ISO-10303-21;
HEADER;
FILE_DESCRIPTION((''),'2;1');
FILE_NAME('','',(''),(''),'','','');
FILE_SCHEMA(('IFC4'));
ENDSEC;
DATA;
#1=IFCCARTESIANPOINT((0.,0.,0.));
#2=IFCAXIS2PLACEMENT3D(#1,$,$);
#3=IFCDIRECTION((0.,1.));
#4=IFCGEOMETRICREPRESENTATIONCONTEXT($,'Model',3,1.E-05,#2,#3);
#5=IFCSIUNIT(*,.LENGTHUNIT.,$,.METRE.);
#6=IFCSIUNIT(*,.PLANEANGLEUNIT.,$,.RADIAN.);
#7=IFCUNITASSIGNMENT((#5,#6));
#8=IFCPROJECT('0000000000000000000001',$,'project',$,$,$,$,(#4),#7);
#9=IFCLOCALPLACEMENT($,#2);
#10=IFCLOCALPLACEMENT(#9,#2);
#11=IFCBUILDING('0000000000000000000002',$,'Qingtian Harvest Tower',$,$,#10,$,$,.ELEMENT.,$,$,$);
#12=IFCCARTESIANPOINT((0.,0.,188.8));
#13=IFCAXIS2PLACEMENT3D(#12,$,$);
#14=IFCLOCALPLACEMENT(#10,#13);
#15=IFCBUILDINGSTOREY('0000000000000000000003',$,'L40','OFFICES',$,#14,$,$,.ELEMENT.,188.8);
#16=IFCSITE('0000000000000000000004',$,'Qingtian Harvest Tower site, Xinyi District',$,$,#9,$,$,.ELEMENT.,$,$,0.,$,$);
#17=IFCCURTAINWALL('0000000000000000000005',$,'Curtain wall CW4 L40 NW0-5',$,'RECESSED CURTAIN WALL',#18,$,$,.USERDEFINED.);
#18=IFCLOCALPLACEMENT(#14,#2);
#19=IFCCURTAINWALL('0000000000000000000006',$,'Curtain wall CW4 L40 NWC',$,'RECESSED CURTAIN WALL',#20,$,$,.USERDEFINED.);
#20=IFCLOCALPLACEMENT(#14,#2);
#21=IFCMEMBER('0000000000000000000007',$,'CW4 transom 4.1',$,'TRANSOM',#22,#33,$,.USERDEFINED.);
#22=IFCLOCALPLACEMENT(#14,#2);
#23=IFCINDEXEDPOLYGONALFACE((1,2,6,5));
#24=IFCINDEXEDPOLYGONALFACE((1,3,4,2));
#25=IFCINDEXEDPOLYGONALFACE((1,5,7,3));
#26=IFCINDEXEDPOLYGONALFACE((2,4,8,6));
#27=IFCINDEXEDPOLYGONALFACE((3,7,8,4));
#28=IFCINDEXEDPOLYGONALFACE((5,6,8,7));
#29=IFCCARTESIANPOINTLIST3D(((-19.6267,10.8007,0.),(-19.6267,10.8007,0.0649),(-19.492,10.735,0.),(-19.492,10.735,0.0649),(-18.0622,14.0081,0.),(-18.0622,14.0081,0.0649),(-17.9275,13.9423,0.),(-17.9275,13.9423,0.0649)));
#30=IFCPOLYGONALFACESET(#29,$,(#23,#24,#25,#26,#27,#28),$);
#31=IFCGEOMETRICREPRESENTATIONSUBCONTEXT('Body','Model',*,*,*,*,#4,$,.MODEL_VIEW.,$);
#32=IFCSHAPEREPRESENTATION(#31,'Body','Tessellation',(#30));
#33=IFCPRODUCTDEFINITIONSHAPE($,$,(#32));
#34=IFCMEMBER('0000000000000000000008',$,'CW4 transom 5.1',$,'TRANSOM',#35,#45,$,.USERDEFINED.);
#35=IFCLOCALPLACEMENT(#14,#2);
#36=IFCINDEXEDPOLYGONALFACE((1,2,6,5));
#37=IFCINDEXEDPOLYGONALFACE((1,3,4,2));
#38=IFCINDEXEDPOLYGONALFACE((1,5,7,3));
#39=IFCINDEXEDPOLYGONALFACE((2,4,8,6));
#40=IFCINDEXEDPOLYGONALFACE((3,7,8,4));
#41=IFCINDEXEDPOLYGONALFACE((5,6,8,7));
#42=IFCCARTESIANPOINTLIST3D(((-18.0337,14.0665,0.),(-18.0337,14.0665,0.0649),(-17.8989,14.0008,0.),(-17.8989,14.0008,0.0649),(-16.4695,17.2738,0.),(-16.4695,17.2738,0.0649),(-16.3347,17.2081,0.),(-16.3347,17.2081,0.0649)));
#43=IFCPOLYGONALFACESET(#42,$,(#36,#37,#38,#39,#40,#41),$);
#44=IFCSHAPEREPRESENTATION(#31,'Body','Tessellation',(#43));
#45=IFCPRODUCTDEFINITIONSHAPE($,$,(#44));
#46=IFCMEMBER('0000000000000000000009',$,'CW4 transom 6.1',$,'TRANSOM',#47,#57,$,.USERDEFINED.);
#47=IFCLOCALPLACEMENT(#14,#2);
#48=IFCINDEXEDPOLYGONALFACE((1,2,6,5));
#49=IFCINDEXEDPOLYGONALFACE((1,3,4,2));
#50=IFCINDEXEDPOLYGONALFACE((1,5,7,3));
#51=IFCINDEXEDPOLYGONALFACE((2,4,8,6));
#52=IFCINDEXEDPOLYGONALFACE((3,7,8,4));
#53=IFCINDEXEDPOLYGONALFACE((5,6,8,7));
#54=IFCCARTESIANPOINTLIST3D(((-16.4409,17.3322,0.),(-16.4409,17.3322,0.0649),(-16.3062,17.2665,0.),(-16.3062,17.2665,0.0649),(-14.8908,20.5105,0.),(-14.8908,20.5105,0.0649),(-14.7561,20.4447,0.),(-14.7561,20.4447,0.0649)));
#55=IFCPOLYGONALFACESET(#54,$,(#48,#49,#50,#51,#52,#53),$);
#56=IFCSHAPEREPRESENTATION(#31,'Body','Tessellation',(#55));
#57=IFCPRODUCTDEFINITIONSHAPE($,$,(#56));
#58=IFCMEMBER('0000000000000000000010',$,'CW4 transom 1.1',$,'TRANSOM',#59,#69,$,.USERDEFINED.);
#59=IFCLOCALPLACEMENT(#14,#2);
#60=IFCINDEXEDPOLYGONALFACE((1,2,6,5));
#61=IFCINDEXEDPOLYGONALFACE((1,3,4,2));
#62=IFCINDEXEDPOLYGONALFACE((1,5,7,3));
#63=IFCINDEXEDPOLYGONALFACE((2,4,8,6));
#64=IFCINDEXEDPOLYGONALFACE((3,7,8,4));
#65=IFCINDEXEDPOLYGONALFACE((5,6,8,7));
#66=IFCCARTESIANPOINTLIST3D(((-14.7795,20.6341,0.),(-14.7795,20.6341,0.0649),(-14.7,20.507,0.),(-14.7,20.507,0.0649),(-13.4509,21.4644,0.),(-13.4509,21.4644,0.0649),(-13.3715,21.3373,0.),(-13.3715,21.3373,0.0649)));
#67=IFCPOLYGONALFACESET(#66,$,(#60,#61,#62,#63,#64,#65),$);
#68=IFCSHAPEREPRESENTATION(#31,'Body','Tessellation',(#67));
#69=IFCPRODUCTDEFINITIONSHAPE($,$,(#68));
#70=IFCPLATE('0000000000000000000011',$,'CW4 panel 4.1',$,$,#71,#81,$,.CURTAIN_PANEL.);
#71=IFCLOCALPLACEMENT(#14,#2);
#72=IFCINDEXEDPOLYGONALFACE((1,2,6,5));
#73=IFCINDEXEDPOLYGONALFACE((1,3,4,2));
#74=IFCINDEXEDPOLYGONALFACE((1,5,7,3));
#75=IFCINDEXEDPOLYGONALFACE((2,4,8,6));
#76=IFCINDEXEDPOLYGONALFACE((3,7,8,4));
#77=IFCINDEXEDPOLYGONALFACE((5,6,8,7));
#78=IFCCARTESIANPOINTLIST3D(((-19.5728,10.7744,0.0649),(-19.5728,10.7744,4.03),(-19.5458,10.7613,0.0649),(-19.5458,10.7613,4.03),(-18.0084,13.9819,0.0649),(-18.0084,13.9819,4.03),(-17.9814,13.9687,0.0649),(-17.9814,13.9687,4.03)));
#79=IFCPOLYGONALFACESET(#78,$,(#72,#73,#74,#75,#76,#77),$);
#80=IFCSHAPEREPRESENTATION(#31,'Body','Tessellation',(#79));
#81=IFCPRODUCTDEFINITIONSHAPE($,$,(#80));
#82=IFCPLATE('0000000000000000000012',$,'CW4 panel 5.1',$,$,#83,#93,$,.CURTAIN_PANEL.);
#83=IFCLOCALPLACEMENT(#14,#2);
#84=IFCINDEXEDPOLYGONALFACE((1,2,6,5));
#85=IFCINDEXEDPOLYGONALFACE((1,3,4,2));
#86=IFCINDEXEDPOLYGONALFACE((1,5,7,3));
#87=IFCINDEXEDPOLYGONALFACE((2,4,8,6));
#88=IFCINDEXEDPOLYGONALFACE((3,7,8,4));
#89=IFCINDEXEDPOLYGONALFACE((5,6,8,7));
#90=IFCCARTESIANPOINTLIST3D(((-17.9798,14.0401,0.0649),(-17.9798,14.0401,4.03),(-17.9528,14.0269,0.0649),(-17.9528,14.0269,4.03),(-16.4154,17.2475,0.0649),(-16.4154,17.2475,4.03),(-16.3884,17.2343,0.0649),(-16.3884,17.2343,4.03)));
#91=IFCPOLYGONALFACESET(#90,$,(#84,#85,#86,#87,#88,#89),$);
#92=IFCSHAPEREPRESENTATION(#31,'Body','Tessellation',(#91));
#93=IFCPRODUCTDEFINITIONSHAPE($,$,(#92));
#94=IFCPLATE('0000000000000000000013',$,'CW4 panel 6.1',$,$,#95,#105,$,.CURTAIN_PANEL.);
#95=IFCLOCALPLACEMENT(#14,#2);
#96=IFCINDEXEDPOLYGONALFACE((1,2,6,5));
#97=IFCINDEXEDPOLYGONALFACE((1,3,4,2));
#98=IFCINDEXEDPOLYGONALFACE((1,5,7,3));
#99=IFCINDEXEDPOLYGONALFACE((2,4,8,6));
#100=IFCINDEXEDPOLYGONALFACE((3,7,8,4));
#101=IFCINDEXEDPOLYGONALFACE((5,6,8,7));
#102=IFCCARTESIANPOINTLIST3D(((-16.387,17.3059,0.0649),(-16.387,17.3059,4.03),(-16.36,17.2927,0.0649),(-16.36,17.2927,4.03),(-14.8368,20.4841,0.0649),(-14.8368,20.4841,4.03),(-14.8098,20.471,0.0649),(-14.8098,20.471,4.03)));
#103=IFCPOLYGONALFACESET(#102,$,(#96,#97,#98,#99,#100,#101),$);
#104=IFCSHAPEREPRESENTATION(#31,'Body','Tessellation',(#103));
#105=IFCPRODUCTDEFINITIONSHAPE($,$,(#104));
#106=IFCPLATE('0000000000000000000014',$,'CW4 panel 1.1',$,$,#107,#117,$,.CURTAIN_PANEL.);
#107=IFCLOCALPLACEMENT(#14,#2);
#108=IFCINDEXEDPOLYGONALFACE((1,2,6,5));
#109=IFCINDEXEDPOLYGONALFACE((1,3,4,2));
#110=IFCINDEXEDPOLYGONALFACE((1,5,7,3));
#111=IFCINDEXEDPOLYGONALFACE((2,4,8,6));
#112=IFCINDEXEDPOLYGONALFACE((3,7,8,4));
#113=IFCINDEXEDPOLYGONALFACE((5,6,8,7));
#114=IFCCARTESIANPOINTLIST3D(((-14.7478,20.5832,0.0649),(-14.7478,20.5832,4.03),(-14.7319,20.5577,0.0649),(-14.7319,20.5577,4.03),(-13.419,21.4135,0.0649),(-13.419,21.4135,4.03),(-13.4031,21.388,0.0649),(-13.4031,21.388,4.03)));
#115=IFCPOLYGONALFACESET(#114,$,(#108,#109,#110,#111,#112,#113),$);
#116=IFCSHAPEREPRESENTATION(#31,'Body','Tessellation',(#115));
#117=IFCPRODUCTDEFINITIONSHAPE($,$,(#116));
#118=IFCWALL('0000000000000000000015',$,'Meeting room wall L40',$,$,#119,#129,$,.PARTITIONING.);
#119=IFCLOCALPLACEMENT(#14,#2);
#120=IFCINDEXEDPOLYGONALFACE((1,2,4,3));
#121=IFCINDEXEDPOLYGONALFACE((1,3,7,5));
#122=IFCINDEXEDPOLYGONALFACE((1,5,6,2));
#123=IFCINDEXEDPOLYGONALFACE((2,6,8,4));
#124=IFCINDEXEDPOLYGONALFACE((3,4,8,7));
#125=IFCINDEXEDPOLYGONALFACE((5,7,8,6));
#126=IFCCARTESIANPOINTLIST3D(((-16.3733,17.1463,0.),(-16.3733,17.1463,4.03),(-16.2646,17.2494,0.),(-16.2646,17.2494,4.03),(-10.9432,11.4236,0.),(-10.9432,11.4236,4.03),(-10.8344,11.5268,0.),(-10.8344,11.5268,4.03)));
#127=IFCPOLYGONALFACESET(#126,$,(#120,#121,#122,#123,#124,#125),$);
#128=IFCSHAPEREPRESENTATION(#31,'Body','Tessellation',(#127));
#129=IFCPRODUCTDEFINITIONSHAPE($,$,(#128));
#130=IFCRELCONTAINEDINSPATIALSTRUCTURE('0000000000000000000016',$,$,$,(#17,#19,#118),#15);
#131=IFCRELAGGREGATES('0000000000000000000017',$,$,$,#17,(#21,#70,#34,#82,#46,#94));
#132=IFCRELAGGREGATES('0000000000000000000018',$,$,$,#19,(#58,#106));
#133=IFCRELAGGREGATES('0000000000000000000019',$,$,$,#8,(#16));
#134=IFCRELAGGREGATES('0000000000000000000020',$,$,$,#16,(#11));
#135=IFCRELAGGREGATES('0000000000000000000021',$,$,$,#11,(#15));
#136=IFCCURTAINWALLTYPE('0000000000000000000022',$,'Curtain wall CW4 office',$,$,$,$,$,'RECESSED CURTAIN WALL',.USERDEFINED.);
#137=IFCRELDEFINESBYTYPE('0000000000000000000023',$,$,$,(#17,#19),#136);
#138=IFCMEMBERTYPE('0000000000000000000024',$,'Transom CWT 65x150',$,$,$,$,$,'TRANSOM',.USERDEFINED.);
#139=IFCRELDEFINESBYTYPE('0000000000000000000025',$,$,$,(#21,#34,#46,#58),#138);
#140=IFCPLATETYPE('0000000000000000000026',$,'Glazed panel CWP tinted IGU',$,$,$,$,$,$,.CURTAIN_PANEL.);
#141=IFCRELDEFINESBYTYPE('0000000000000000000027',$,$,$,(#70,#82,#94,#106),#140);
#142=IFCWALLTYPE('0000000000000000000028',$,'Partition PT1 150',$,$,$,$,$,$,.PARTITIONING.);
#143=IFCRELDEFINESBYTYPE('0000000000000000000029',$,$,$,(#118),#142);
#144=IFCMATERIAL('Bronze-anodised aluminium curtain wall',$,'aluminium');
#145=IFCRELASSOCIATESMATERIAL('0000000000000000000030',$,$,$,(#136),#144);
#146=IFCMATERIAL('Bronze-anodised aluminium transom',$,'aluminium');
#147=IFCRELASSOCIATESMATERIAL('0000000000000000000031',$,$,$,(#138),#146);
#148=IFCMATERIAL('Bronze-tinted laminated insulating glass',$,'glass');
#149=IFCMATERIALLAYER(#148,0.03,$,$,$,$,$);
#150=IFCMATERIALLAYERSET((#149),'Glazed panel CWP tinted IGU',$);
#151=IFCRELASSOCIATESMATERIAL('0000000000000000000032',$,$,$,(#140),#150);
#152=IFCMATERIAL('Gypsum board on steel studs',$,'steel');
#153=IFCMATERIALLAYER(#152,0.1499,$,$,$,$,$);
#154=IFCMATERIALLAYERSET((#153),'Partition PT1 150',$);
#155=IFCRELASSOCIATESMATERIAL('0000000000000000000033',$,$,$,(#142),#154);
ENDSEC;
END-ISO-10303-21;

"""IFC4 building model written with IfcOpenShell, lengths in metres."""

from ifc_helpers import new_model, si_unit, direction, frame, frame_2d, origin, origin_2d, place, context, subcontext, project, spatial, rectangle, extrude, material, layer, layer_set, material_profile, profile_set, type_object, element, aggregate, save


model = new_model("IFC4")

# Units and contexts
model_context = context("Model", 3, precision=1e-05, world=origin(), true_north=direction((0.0, 1.0)))
body_context = subcontext(model_context, "Body", "Model", "MODEL_VIEW")
ifc_project = project(units=[si_unit("LENGTHUNIT", "METRE"), si_unit("PLANEANGLEUNIT", "RADIAN")], contexts=[model_context])

# Site, building, storey
site_placement = place(None, origin())
site = spatial("IfcSite", under=ifc_project, at=site_placement, Name="Qingtian Harvest Tower site, Xinyi District", CompositionType="ELEMENT", RefElevation=0.0)
building_placement = place(site_placement, origin())
building = spatial("IfcBuilding", under=site, at=building_placement, Name="Qingtian Harvest Tower", CompositionType="ELEMENT")
storey_placement = place(building_placement, frame((0.0, 0.0, 188.8)))
storey = spatial("IfcBuildingStorey", under=building, at=storey_placement, Name="L40", Description="OFFICES", CompositionType="ELEMENT", Elevation=188.8)

# Curtain walls
ifc_material_1 = material(Name="Bronze-anodised aluminium curtain wall", Category="aluminium")
curtain_wall_type = type_object("IfcCurtainWallType", Name="Curtain wall CW4 office", ElementType="RECESSED CURTAIN WALL", PredefinedType="USERDEFINED", material=ifc_material_1)
curtain_wall_1_placement = place(storey_placement, origin())
curtain_wall_1 = element("IfcCurtainWall", 1, at=curtain_wall_1_placement, inside=storey, type_object=curtain_wall_type, Name="Curtain wall CW4 L40 NW0-5", ObjectType="RECESSED CURTAIN WALL", PredefinedType="USERDEFINED")
curtain_wall_2_placement = place(storey_placement, origin())
curtain_wall_2 = element("IfcCurtainWall", 2, at=curtain_wall_2_placement, inside=storey, type_object=curtain_wall_type, Name="Curtain wall CW4 L40 NWC", ObjectType="RECESSED CURTAIN WALL", PredefinedType="USERDEFINED")

# Members
ifc_material_2 = material(Name="Bronze-anodised aluminium transom", Category="aluminium")
ifc_material_profile_1 = material_profile(ifc_material_2, rectangle(XDim=0.1499, YDim=0.0649, at=origin_2d()), Name="AL 65x150")
ifc_profile_set_1 = profile_set([ifc_material_profile_1], Name="Bronze-anodised aluminium transom")
member_type_1 = type_object("IfcMemberType", Name="Transom CWT 65x150", ElementType="TRANSOM", PredefinedType="USERDEFINED", material=ifc_profile_set_1)
member_1_placement = place(storey_placement, frame((-19.5593, 10.7678, 0.0325), z_axis=(0.438407, 0.898776, 0.0), x_axis=(-0.898776, 0.438407, 0.0)))
member_1 = element("IfcMember", 3, at=member_1_placement, type_object=member_type_1, Name="CW4 transom 4.1", ObjectType="TRANSOM", PredefinedType="USERDEFINED", context=body_context, shape_type="SweptSolid", body=[
    extrude(rectangle(XDim=0.1499, YDim=0.0649, at=origin_2d()), origin(), (0.0, 0.0, 1.0), 3.5686),
])
member_2_placement = place(storey_placement, frame((-17.9663, 14.0337, 0.0325), z_axis=(0.438352, 0.898803, 0.0), x_axis=(-0.898803, 0.438352, 0.0)))
member_2 = element("IfcMember", 4, at=member_2_placement, type_object=member_type_1, Name="CW4 transom 5.1", ObjectType="TRANSOM", PredefinedType="USERDEFINED", context=body_context, shape_type="SweptSolid", body=[
    extrude(rectangle(XDim=0.1499, YDim=0.0649, at=origin_2d()), origin(), (0.0, 0.0, 1.0), 3.5684),
])
member_3_placement = place(storey_placement, frame((-16.3735, 17.2993, 0.0325), z_axis=(0.438354, 0.898802, 0.0), x_axis=(-0.898802, 0.438354, 0.0)))
member_3 = element("IfcMember", 5, at=member_3_placement, type_object=member_type_1, Name="CW4 transom 6.1", ObjectType="TRANSOM", PredefinedType="USERDEFINED", context=body_context, shape_type="SweptSolid", body=[
    extrude(rectangle(XDim=0.1499, YDim=0.0649, at=origin_2d()), origin(), (0.0, 0.0, 1.0), 3.5361),
])
member_4_placement = place(storey_placement, frame((-14.7397, 20.5706, 0.0325), z_axis=(0.848016, 0.529971, 0.0), x_axis=(-0.529971, 0.848016, 0.0)))
member_4 = element("IfcMember", 6, at=member_4_placement, type_object=member_type_1, Name="CW4 transom 1.1", ObjectType="TRANSOM", PredefinedType="USERDEFINED", context=body_context, shape_type="SweptSolid", body=[
    extrude(rectangle(XDim=0.1499, YDim=0.0649, at=origin_2d()), origin(), (0.0, 0.0, 1.0), 1.5667),
])

# Plates
ifc_material_3 = material(Name="Bronze-tinted laminated insulating glass", Category="glass")
ifc_layer_1 = layer(ifc_material_3, 0.03)
ifc_layer_set_1 = layer_set([ifc_layer_1], Name="Glazed panel CWP tinted IGU")
plate_type = type_object("IfcPlateType", Name="Glazed panel CWP tinted IGU", PredefinedType="CURTAIN_PANEL", material=ifc_layer_set_1)
plate_1_placement = place(storey_placement, frame((-18.7771, 12.3716, 0.0649), z_axis=(0.0, 0.0, 1.0), x_axis=(0.438371, 0.898794, 0.0)))
plate_1 = element("IfcPlate", 7, at=plate_1_placement, type_object=plate_type, Name="CW4 panel 4.1", PredefinedType="CURTAIN_PANEL", context=body_context, shape_type="SweptSolid", body=[
    extrude(rectangle(XDim=3.5686, YDim=0.03, at=origin_2d()), origin(), (0.0, 0.0, 1.0), 3.9651),
])
plate_2_placement = place(storey_placement, frame((-17.1841, 15.6372, 0.0649), z_axis=(0.0, 0.0, 1.0), x_axis=(0.438371, 0.898794, 0.0)))
plate_2 = element("IfcPlate", 8, at=plate_2_placement, type_object=plate_type, Name="CW4 panel 5.1", PredefinedType="CURTAIN_PANEL", context=body_context, shape_type="SweptSolid", body=[
    extrude(rectangle(XDim=3.5686, YDim=0.03, at=origin_2d()), origin(), (0.0, 0.0, 1.0), 3.9651),
])
plate_3_placement = place(storey_placement, frame((-15.5984, 18.8884, 0.0649), z_axis=(0.0, 0.0, 1.0), x_axis=(0.438371, 0.898794, 0.0)))
plate_3 = element("IfcPlate", 9, at=plate_3_placement, type_object=plate_type, Name="CW4 panel 6.1", PredefinedType="CURTAIN_PANEL", context=body_context, shape_type="SweptSolid", body=[
    extrude(rectangle(XDim=3.5361, YDim=0.03, at=origin_2d()), origin(), (0.0, 0.0, 1.0), 3.9651),
])
aggregate(curtain_wall_1, [member_1, plate_1, member_2, plate_2, member_3, plate_3])
plate_4_placement = place(storey_placement, frame((-14.0754, 20.9856, 0.0649), z_axis=(0.0, 0.0, 1.0), x_axis=(0.848048, 0.529919, 0.0)))
plate_4 = element("IfcPlate", 10, at=plate_4_placement, type_object=plate_type, Name="CW4 panel 1.1", PredefinedType="CURTAIN_PANEL", context=body_context, shape_type="SweptSolid", body=[
    extrude(rectangle(XDim=1.5669, YDim=0.03, at=origin_2d()), origin(), (0.0, 0.0, 1.0), 3.9651),
])
aggregate(curtain_wall_2, [member_4, plate_4])

# Wall
ifc_material_4 = material(Name="Gypsum board on steel studs", Category="steel")
ifc_layer_2 = layer(ifc_material_4, 0.1499)
ifc_layer_set_2 = layer_set([ifc_layer_2], Name="Partition PT1 150")
wall_type = type_object("IfcWallType", Name="Partition PT1 150", PredefinedType="PARTITIONING", material=ifc_layer_set_2)
wall_placement = place(storey_placement, frame((-16.3188, 17.1978, 0.0), z_axis=(0.0, 0.0, 1.0), x_axis=(0.688326, -0.725401, 0.0)))
element("IfcWall", 11, at=wall_placement, inside=storey, type_object=wall_type, Name="Meeting room wall L40", PredefinedType="PARTITIONING", context=body_context, shape_type="SweptSolid", body=[
    extrude(rectangle(XDim=7.8889, YDim=0.1499, at=frame_2d((3.9443, 0.0))), origin(), (0.0, 0.0, 1.0), 4.03),
])

save(model, "model.ifc")
